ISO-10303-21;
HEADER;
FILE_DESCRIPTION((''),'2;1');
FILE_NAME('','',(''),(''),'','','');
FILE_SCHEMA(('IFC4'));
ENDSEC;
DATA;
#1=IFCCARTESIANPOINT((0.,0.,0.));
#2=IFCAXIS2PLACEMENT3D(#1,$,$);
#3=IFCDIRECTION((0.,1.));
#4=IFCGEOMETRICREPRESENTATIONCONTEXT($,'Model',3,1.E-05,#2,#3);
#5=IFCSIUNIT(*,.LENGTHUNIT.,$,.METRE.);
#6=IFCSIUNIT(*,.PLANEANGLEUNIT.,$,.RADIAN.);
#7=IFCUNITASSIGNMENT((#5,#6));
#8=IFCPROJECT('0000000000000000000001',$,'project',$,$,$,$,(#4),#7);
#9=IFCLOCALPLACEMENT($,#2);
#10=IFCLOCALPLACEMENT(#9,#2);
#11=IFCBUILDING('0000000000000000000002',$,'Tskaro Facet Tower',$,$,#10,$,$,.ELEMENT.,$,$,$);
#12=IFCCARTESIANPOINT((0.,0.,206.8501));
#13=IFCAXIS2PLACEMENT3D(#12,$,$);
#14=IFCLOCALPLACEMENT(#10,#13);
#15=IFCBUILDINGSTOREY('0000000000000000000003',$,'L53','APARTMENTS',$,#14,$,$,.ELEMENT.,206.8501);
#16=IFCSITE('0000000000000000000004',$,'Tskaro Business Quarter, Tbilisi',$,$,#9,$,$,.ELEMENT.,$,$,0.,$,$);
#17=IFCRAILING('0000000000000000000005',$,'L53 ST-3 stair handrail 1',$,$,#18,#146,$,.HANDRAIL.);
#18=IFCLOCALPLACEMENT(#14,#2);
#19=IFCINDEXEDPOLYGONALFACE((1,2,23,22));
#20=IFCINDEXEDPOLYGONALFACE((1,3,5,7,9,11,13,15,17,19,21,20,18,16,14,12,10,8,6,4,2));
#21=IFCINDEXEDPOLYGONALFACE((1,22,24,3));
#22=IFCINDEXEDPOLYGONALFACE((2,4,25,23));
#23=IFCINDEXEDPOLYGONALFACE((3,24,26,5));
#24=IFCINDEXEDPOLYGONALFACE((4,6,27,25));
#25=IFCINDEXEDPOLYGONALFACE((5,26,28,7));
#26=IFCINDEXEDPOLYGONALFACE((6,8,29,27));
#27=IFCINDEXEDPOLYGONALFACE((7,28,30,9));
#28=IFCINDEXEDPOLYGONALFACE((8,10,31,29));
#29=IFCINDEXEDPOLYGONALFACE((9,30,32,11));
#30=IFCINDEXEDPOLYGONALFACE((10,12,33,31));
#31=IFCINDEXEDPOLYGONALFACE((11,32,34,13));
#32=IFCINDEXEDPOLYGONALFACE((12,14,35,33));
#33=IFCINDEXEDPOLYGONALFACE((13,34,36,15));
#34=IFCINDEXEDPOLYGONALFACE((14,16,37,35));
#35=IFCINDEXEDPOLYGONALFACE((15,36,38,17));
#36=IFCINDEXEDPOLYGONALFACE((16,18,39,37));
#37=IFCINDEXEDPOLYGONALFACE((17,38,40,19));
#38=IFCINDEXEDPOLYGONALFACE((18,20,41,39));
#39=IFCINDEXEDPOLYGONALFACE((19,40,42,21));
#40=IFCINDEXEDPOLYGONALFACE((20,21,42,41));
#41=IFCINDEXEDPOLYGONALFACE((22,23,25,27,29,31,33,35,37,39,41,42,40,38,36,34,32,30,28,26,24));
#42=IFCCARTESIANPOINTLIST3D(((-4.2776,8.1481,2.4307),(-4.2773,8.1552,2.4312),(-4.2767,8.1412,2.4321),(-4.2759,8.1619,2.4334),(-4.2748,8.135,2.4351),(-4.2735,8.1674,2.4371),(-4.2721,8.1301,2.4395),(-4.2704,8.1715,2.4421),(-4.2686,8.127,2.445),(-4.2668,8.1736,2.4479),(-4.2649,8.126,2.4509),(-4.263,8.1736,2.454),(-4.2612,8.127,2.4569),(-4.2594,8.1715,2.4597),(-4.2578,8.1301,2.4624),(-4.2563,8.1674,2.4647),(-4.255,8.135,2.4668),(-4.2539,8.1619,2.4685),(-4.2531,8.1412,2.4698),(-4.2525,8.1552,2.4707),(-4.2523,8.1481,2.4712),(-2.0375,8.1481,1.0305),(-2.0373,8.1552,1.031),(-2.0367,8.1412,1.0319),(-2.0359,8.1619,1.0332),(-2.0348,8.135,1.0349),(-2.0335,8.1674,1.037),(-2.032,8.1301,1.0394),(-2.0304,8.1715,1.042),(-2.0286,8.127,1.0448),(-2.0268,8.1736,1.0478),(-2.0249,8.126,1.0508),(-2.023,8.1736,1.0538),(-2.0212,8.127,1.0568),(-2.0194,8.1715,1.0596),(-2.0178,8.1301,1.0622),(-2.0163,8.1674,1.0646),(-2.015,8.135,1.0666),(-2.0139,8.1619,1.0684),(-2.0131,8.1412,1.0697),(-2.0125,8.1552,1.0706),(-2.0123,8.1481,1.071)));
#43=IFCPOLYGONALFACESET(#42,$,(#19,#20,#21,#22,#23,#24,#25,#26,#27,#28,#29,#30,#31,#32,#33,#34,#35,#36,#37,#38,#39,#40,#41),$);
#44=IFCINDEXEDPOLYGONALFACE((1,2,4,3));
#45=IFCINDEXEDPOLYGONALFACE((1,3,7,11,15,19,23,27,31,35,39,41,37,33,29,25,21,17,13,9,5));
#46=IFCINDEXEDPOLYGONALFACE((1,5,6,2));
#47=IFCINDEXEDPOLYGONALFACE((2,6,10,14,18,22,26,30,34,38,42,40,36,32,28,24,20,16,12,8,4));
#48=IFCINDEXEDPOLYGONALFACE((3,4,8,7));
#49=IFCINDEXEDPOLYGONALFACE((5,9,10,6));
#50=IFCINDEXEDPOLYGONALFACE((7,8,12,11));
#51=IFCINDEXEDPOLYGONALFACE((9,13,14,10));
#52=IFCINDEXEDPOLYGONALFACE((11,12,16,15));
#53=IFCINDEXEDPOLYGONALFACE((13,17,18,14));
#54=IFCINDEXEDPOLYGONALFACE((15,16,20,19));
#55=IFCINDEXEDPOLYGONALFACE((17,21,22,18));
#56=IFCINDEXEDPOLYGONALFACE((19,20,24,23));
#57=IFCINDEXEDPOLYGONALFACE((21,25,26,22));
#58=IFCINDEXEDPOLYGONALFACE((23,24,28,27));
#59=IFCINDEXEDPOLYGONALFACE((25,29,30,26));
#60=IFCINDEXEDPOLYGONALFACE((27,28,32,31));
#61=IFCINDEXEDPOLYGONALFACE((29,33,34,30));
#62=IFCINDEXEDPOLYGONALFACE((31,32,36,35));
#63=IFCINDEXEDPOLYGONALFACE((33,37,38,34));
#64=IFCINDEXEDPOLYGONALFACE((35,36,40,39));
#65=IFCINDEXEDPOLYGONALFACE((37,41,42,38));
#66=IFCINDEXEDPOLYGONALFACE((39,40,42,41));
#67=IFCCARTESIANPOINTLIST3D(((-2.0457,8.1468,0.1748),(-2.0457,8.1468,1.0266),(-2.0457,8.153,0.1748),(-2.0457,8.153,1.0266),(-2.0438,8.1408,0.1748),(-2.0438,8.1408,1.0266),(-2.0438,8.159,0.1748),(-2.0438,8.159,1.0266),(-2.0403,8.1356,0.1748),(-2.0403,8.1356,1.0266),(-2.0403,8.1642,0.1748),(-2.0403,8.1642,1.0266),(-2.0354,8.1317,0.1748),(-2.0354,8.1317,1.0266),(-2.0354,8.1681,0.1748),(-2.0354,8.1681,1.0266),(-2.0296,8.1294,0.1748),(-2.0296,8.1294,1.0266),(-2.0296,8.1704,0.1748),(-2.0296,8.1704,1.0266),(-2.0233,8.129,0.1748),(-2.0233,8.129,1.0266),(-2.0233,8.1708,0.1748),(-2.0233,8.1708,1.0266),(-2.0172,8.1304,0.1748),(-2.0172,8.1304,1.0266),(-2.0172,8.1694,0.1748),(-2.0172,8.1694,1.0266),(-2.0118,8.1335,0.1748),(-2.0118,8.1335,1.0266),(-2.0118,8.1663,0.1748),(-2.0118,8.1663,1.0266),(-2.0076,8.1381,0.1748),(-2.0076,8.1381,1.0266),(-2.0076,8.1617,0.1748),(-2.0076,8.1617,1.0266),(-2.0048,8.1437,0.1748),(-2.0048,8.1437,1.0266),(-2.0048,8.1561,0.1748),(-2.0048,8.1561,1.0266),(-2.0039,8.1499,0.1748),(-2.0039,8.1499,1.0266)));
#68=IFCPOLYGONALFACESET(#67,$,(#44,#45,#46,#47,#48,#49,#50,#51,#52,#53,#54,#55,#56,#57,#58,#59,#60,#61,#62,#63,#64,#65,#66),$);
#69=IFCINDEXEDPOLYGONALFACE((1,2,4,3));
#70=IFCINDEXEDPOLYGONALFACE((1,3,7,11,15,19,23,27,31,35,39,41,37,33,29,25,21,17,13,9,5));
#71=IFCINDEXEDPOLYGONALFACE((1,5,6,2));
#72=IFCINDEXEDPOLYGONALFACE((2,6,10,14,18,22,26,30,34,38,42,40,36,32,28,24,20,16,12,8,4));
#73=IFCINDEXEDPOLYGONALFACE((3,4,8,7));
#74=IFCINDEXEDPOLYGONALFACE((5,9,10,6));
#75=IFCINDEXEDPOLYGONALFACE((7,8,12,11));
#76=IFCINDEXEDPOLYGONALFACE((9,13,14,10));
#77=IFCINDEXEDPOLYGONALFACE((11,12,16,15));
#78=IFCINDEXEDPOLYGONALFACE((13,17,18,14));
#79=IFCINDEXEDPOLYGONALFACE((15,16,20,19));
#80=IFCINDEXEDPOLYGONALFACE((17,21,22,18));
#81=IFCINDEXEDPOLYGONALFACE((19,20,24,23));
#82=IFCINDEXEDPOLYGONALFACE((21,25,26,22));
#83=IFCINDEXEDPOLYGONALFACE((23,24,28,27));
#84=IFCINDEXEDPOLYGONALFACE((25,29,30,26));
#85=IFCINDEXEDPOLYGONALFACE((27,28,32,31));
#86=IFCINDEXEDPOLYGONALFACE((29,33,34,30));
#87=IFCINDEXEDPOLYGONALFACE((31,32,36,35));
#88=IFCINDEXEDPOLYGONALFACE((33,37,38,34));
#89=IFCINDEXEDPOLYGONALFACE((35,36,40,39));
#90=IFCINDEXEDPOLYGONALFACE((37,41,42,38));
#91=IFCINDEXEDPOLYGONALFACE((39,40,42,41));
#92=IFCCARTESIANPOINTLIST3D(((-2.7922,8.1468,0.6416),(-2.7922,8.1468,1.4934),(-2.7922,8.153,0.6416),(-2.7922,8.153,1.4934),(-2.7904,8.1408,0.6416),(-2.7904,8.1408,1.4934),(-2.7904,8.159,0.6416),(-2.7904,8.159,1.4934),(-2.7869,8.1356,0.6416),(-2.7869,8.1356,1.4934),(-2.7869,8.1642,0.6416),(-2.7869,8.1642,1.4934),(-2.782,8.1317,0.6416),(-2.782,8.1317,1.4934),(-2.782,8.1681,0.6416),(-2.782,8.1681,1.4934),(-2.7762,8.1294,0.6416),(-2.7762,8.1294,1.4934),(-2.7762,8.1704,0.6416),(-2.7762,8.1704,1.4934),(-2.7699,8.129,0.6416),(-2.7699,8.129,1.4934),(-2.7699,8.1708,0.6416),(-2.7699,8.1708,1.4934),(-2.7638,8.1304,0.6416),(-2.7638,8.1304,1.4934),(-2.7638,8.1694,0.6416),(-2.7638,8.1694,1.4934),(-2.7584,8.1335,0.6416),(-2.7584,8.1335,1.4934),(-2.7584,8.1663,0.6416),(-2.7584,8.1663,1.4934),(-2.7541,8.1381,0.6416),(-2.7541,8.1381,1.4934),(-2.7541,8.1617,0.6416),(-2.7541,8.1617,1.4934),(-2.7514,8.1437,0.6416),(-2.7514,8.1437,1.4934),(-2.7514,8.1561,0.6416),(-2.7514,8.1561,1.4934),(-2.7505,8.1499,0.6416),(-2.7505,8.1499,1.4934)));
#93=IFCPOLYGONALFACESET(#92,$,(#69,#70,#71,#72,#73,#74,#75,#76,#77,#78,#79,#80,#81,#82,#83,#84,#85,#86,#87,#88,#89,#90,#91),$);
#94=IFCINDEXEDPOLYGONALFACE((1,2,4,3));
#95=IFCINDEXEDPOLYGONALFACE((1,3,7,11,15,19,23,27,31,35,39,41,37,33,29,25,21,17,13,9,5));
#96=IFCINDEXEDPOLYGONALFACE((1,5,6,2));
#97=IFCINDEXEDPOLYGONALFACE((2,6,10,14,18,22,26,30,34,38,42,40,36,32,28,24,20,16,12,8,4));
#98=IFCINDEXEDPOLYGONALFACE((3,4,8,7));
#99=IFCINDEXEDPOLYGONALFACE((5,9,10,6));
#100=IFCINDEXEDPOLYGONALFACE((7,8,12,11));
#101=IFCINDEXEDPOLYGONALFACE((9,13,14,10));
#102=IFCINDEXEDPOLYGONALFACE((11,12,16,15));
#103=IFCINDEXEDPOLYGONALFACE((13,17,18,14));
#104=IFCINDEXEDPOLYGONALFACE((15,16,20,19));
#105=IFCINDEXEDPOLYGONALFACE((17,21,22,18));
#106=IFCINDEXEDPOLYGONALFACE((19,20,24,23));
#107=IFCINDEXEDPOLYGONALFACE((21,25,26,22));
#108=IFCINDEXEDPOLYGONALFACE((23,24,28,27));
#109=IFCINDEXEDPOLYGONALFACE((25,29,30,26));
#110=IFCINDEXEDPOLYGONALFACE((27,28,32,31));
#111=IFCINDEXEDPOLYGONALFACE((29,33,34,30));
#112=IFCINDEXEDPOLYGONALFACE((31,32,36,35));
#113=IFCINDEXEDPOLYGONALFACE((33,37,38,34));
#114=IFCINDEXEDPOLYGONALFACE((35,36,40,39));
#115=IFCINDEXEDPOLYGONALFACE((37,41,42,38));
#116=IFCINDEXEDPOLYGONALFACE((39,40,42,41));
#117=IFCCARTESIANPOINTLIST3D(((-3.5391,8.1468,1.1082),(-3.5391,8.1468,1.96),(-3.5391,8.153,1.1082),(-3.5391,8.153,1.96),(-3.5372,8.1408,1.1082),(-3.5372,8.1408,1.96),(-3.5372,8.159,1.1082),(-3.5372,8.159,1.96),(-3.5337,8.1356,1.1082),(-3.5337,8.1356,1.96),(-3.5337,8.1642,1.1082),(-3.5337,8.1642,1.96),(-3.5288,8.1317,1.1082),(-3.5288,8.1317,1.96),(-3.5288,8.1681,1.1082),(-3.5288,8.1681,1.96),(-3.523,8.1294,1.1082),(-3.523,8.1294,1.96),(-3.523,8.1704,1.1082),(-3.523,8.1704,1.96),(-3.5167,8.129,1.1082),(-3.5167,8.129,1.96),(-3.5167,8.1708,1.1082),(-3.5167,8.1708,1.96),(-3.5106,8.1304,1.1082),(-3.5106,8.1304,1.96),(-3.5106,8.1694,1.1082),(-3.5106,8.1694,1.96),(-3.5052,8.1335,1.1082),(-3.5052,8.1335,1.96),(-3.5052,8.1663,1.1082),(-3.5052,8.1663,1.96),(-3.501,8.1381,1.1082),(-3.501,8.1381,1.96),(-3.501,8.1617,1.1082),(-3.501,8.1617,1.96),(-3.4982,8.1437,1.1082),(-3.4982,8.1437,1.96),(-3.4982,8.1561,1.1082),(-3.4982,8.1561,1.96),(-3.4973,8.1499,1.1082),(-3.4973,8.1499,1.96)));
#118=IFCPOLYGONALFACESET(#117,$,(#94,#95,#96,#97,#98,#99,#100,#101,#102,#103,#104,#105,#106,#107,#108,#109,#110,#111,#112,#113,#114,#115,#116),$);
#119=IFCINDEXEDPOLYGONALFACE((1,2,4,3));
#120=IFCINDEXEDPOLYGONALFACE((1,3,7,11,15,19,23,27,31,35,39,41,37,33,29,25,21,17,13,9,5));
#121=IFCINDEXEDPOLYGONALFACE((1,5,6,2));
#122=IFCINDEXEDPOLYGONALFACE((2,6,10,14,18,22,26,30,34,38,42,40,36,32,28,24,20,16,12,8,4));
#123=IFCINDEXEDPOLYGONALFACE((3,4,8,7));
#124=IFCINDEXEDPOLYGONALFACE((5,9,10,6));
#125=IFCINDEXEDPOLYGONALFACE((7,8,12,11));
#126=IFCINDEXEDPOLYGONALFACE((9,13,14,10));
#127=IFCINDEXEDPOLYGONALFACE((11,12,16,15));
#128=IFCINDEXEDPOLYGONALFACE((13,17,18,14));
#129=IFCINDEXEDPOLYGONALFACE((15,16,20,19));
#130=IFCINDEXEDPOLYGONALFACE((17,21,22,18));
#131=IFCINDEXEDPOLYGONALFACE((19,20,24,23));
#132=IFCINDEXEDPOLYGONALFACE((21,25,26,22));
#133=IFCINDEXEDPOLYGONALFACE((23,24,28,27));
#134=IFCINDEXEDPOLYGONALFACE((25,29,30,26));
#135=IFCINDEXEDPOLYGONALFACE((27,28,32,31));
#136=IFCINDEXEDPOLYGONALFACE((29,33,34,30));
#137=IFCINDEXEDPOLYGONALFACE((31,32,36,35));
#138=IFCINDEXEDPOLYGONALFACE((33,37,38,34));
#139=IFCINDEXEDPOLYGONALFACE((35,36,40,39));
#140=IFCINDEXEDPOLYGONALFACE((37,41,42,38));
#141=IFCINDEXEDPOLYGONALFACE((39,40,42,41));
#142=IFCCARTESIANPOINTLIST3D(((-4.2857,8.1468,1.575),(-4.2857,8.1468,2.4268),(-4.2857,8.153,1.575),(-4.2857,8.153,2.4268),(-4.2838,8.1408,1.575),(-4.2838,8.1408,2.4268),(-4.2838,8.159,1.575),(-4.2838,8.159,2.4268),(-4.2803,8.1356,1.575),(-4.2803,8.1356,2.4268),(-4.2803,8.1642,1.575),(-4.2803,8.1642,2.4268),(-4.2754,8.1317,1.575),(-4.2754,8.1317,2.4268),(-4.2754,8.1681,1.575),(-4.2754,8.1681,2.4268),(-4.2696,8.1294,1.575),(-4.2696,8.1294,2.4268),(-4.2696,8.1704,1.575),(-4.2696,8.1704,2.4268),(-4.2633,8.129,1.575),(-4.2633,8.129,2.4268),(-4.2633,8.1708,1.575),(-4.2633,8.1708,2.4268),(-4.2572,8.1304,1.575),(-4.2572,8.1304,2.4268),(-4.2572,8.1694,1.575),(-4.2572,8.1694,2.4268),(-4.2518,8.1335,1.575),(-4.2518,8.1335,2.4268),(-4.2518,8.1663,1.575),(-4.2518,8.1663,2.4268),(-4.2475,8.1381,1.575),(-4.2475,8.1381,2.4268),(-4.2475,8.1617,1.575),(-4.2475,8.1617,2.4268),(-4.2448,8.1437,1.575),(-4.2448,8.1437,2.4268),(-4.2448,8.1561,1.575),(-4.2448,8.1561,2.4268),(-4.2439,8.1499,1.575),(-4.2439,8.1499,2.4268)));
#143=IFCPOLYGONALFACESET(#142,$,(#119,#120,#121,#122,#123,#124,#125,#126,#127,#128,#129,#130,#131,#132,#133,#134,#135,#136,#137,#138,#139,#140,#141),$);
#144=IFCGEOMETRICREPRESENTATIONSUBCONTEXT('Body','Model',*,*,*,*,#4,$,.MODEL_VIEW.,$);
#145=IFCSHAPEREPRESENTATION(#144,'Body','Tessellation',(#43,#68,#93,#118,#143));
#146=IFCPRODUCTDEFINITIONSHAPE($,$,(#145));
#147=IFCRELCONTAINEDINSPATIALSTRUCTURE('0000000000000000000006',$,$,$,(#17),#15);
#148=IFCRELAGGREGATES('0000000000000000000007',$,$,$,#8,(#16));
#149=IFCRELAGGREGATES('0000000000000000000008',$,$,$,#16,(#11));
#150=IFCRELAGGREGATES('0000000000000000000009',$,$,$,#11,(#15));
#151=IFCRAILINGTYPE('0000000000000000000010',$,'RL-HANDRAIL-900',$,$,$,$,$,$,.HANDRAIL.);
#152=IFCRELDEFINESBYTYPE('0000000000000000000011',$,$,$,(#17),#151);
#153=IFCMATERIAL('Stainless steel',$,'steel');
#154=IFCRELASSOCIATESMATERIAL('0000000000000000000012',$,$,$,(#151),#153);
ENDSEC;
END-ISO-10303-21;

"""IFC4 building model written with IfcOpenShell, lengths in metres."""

from ifc_helpers import new_model, si_unit, direction, frame, origin, origin_2d, place, context, subcontext, project, spatial, circle, extrude, material, type_object, element, save


model = new_model("IFC4")

# Units and contexts
model_context = context("Model", 3, precision=1e-05, world=origin(), true_north=direction((0.0, 1.0)))
body_context = subcontext(model_context, "Body", "Model", "MODEL_VIEW")
ifc_project = project(units=[si_unit("LENGTHUNIT", "METRE"), si_unit("PLANEANGLEUNIT", "RADIAN")], contexts=[model_context])

# Site, building, storey
site_placement = place(None, origin())
site = spatial("IfcSite", under=ifc_project, at=site_placement, Name="Tskaro Business Quarter, Tbilisi", CompositionType="ELEMENT", RefElevation=0.0)
building_placement = place(site_placement, origin())
building = spatial("IfcBuilding", under=site, at=building_placement, Name="Tskaro Facet Tower", CompositionType="ELEMENT")
storey_placement = place(building_placement, frame((0.0, 0.0, 206.8501)))
storey = spatial("IfcBuildingStorey", under=building, at=storey_placement, Name="L53", Description="APARTMENTS", CompositionType="ELEMENT", Elevation=206.8501)

# Railing
ifc_material_1 = material(Name="Stainless steel", Category="steel")
railing_type_1 = type_object("IfcRailingType", Name="RL-HANDRAIL-900", PredefinedType="HANDRAIL", material=ifc_material_1)
railing_1_placement = place(storey_placement, frame((-2.0249, 8.1499, 0.1748)))
element("IfcRailing", 1, at=railing_1_placement, inside=storey, type_object=railing_type_1, Name="L53 ST-3 stair handrail 1", PredefinedType="HANDRAIL", context=body_context, shape_type="SweptSolid", body=[
    extrude(circle(Radius=0.0239, at=origin_2d()), frame((0.0, 0.0, 0.876), z_axis=(-0.847972, 0.0, 0.53004), x_axis=(0.0, -1.0, 0.0)), (0.0, 0.0, 1.0), 2.6416),
    extrude(circle(Radius=0.021, at=origin_2d()), origin(), (0.0, 0.0, 1.0), 0.8518),
    extrude(circle(Radius=0.021, at=origin_2d()), frame((-0.7466, 0.0, 0.4668)), (0.0, 0.0, 1.0), 0.8518),
    extrude(circle(Radius=0.021, at=origin_2d()), frame((-1.4934, 0.0, 0.9333)), (0.0, 0.0, 1.0), 0.8518),
    extrude(circle(Radius=0.021, at=origin_2d()), frame((-2.24, 0.0, 1.4001)), (0.0, 0.0, 1.0), 0.8518),
])

save(model, "model.ifc")
